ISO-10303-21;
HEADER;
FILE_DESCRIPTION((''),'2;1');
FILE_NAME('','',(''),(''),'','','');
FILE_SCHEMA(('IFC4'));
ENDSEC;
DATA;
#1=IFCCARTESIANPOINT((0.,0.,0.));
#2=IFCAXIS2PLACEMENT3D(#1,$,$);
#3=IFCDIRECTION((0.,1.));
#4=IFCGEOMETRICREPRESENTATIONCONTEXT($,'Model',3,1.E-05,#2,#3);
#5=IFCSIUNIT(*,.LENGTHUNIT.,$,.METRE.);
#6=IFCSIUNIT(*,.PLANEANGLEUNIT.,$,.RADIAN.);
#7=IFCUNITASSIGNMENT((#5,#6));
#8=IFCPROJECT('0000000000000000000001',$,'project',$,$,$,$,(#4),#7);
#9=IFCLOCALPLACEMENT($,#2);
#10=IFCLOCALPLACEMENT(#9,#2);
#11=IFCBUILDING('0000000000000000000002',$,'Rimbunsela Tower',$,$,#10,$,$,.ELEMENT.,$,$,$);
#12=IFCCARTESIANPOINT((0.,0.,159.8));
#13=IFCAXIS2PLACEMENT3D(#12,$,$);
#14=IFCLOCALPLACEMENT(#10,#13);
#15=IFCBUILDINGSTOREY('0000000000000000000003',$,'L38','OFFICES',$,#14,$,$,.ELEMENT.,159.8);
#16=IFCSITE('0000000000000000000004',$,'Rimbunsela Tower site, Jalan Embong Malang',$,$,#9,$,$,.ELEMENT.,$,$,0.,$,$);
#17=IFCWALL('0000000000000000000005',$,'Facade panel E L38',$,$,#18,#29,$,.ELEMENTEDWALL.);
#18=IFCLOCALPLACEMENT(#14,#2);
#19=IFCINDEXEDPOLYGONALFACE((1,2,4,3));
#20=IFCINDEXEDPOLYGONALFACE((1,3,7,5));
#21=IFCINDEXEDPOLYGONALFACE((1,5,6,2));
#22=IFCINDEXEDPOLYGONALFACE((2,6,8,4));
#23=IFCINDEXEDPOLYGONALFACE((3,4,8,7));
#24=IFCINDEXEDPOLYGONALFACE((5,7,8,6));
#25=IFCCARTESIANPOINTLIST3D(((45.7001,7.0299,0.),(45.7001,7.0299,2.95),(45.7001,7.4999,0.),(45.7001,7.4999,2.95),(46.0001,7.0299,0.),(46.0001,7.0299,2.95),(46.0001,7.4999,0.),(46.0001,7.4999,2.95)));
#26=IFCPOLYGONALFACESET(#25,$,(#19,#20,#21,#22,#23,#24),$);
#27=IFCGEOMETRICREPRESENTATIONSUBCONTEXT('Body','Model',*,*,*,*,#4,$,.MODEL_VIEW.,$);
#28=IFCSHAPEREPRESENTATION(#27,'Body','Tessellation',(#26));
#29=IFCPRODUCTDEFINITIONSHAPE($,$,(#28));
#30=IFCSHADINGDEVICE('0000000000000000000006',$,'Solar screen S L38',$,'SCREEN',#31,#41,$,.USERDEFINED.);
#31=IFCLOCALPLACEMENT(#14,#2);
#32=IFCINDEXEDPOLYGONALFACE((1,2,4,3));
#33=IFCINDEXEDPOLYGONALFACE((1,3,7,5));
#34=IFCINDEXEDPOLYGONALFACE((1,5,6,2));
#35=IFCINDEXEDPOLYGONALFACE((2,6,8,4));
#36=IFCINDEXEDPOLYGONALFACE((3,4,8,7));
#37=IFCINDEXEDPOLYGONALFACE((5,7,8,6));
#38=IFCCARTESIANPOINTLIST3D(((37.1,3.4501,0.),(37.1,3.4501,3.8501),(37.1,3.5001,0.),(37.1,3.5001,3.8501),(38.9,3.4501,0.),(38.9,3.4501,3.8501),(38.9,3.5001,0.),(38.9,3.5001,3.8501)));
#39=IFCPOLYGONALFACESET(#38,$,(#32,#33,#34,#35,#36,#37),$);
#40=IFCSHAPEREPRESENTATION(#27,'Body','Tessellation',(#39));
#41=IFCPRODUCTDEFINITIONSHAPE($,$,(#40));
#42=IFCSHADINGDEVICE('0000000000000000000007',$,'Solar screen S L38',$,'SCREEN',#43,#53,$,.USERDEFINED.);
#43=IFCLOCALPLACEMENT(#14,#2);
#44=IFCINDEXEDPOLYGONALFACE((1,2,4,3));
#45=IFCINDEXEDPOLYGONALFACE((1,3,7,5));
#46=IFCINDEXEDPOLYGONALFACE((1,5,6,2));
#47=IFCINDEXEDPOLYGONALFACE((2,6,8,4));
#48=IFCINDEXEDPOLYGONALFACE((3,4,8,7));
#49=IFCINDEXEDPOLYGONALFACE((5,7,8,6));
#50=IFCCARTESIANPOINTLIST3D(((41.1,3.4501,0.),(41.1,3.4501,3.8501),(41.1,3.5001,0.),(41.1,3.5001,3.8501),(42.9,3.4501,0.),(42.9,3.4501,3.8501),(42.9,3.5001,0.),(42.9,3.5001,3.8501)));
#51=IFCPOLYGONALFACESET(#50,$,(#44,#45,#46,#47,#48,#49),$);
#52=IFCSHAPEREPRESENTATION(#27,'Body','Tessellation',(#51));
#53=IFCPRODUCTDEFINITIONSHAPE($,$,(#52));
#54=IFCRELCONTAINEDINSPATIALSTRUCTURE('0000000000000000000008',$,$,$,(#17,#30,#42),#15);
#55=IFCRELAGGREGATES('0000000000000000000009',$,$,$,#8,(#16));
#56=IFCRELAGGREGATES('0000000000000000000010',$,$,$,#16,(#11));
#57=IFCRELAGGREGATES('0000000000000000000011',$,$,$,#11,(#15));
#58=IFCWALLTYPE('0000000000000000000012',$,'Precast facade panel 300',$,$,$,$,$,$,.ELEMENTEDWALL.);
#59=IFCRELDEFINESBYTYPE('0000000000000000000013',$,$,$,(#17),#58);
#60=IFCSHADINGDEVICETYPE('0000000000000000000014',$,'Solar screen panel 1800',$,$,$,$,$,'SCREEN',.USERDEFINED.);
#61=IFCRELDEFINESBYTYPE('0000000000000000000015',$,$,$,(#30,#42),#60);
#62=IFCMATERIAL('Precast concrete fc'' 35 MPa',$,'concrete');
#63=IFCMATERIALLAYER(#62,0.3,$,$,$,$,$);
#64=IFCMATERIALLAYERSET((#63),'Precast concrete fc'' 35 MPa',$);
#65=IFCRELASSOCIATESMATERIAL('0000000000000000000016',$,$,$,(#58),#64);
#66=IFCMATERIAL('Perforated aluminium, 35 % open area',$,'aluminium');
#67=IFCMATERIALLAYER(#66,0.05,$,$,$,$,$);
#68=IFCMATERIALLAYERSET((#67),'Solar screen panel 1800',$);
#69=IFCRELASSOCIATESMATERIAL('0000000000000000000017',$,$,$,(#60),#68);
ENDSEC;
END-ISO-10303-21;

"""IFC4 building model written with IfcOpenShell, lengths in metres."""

from ifc_helpers import new_model, si_unit, direction, frame, frame_2d, origin, origin_2d, place, context, subcontext, project, spatial, rectangle, extrude, material, layer, layer_set, type_object, element, save


model = new_model("IFC4")

# Units and contexts
model_context = context("Model", 3, precision=1e-05, world=origin(), true_north=direction((0.0, 1.0)))
body_context = subcontext(model_context, "Body", "Model", "MODEL_VIEW")
ifc_project = project(units=[si_unit("LENGTHUNIT", "METRE"), si_unit("PLANEANGLEUNIT", "RADIAN")], contexts=[model_context])

# Site, building, storey
site_placement = place(None, origin())
site = spatial("IfcSite", under=ifc_project, at=site_placement, Name="Rimbunsela Tower site, Jalan Embong Malang", CompositionType="ELEMENT", RefElevation=0.0)
building_placement = place(site_placement, origin())
building = spatial("IfcBuilding", under=site, at=building_placement, Name="Rimbunsela Tower", CompositionType="ELEMENT")
storey_placement = place(building_placement, frame((0.0, 0.0, 159.8)))
storey = spatial("IfcBuildingStorey", under=building, at=storey_placement, Name="L38", Description="OFFICES", CompositionType="ELEMENT", Elevation=159.8)

# Shared definitions
ifc_material_1 = material(Name="Precast concrete fc' 35 MPa", Category="concrete")
ifc_layer_1 = layer(ifc_material_1, 0.3)
ifc_layer_set_1 = layer_set([ifc_layer_1], Name="Precast concrete fc' 35 MPa")
wall_type = type_object("IfcWallType", Name="Precast facade panel 300", PredefinedType="ELEMENTEDWALL", material=ifc_layer_set_1)

# Wall
for number, where, z_axis, x_axis, name in (
    (1, (45.8501, 7.03, 0.0), (0.0, 0.0, 1.0), (0.0, 1.0, 0.0), "Facade panel E L38"),
):
    element("IfcWall", number, at=place(storey_placement, frame(where, z_axis=z_axis, x_axis=x_axis)), inside=storey, type_object=wall_type, Name=name, PredefinedType="ELEMENTEDWALL", context=body_context, shape_type="SweptSolid", body=[
        extrude(rectangle(XDim=0.47, YDim=0.3, at=frame_2d((0.2349, 0.0))), origin(), (0.0, 0.0, 1.0), 2.95),
    ])

# Shading devices
ifc_material_2 = material(Name="Perforated aluminium, 35 % open area", Category="aluminium")
ifc_layer_2 = layer(ifc_material_2, 0.05)
ifc_layer_set_2 = layer_set([ifc_layer_2], Name="Solar screen panel 1800")
shading_device_type = type_object("IfcShadingDeviceType", Name="Solar screen panel 1800", ElementType="SCREEN", PredefinedType="USERDEFINED", material=ifc_layer_set_2)
for number, where, z_axis, x_axis, name in (
    (2, (38.0, 3.4751, 0.0), (0.0, 0.0, 1.0), (1.0, 0.0, 0.0), "Solar screen S L38"),
    (3, (42.0, 3.4751, 0.0), (0.0, 0.0, 1.0), (1.0, 0.0, 0.0), "Solar screen S L38"),
):
    element("IfcShadingDevice", number, at=place(storey_placement, frame(where, z_axis=z_axis, x_axis=x_axis)), inside=storey, type_object=shading_device_type, Name=name, ObjectType="SCREEN", PredefinedType="USERDEFINED", context=body_context, shape_type="SweptSolid", body=[
        extrude(rectangle(XDim=1.8, YDim=0.05, at=origin_2d()), origin(), (0.0, 0.0, 1.0), 3.8501),
    ])

save(model, "model.ifc")
